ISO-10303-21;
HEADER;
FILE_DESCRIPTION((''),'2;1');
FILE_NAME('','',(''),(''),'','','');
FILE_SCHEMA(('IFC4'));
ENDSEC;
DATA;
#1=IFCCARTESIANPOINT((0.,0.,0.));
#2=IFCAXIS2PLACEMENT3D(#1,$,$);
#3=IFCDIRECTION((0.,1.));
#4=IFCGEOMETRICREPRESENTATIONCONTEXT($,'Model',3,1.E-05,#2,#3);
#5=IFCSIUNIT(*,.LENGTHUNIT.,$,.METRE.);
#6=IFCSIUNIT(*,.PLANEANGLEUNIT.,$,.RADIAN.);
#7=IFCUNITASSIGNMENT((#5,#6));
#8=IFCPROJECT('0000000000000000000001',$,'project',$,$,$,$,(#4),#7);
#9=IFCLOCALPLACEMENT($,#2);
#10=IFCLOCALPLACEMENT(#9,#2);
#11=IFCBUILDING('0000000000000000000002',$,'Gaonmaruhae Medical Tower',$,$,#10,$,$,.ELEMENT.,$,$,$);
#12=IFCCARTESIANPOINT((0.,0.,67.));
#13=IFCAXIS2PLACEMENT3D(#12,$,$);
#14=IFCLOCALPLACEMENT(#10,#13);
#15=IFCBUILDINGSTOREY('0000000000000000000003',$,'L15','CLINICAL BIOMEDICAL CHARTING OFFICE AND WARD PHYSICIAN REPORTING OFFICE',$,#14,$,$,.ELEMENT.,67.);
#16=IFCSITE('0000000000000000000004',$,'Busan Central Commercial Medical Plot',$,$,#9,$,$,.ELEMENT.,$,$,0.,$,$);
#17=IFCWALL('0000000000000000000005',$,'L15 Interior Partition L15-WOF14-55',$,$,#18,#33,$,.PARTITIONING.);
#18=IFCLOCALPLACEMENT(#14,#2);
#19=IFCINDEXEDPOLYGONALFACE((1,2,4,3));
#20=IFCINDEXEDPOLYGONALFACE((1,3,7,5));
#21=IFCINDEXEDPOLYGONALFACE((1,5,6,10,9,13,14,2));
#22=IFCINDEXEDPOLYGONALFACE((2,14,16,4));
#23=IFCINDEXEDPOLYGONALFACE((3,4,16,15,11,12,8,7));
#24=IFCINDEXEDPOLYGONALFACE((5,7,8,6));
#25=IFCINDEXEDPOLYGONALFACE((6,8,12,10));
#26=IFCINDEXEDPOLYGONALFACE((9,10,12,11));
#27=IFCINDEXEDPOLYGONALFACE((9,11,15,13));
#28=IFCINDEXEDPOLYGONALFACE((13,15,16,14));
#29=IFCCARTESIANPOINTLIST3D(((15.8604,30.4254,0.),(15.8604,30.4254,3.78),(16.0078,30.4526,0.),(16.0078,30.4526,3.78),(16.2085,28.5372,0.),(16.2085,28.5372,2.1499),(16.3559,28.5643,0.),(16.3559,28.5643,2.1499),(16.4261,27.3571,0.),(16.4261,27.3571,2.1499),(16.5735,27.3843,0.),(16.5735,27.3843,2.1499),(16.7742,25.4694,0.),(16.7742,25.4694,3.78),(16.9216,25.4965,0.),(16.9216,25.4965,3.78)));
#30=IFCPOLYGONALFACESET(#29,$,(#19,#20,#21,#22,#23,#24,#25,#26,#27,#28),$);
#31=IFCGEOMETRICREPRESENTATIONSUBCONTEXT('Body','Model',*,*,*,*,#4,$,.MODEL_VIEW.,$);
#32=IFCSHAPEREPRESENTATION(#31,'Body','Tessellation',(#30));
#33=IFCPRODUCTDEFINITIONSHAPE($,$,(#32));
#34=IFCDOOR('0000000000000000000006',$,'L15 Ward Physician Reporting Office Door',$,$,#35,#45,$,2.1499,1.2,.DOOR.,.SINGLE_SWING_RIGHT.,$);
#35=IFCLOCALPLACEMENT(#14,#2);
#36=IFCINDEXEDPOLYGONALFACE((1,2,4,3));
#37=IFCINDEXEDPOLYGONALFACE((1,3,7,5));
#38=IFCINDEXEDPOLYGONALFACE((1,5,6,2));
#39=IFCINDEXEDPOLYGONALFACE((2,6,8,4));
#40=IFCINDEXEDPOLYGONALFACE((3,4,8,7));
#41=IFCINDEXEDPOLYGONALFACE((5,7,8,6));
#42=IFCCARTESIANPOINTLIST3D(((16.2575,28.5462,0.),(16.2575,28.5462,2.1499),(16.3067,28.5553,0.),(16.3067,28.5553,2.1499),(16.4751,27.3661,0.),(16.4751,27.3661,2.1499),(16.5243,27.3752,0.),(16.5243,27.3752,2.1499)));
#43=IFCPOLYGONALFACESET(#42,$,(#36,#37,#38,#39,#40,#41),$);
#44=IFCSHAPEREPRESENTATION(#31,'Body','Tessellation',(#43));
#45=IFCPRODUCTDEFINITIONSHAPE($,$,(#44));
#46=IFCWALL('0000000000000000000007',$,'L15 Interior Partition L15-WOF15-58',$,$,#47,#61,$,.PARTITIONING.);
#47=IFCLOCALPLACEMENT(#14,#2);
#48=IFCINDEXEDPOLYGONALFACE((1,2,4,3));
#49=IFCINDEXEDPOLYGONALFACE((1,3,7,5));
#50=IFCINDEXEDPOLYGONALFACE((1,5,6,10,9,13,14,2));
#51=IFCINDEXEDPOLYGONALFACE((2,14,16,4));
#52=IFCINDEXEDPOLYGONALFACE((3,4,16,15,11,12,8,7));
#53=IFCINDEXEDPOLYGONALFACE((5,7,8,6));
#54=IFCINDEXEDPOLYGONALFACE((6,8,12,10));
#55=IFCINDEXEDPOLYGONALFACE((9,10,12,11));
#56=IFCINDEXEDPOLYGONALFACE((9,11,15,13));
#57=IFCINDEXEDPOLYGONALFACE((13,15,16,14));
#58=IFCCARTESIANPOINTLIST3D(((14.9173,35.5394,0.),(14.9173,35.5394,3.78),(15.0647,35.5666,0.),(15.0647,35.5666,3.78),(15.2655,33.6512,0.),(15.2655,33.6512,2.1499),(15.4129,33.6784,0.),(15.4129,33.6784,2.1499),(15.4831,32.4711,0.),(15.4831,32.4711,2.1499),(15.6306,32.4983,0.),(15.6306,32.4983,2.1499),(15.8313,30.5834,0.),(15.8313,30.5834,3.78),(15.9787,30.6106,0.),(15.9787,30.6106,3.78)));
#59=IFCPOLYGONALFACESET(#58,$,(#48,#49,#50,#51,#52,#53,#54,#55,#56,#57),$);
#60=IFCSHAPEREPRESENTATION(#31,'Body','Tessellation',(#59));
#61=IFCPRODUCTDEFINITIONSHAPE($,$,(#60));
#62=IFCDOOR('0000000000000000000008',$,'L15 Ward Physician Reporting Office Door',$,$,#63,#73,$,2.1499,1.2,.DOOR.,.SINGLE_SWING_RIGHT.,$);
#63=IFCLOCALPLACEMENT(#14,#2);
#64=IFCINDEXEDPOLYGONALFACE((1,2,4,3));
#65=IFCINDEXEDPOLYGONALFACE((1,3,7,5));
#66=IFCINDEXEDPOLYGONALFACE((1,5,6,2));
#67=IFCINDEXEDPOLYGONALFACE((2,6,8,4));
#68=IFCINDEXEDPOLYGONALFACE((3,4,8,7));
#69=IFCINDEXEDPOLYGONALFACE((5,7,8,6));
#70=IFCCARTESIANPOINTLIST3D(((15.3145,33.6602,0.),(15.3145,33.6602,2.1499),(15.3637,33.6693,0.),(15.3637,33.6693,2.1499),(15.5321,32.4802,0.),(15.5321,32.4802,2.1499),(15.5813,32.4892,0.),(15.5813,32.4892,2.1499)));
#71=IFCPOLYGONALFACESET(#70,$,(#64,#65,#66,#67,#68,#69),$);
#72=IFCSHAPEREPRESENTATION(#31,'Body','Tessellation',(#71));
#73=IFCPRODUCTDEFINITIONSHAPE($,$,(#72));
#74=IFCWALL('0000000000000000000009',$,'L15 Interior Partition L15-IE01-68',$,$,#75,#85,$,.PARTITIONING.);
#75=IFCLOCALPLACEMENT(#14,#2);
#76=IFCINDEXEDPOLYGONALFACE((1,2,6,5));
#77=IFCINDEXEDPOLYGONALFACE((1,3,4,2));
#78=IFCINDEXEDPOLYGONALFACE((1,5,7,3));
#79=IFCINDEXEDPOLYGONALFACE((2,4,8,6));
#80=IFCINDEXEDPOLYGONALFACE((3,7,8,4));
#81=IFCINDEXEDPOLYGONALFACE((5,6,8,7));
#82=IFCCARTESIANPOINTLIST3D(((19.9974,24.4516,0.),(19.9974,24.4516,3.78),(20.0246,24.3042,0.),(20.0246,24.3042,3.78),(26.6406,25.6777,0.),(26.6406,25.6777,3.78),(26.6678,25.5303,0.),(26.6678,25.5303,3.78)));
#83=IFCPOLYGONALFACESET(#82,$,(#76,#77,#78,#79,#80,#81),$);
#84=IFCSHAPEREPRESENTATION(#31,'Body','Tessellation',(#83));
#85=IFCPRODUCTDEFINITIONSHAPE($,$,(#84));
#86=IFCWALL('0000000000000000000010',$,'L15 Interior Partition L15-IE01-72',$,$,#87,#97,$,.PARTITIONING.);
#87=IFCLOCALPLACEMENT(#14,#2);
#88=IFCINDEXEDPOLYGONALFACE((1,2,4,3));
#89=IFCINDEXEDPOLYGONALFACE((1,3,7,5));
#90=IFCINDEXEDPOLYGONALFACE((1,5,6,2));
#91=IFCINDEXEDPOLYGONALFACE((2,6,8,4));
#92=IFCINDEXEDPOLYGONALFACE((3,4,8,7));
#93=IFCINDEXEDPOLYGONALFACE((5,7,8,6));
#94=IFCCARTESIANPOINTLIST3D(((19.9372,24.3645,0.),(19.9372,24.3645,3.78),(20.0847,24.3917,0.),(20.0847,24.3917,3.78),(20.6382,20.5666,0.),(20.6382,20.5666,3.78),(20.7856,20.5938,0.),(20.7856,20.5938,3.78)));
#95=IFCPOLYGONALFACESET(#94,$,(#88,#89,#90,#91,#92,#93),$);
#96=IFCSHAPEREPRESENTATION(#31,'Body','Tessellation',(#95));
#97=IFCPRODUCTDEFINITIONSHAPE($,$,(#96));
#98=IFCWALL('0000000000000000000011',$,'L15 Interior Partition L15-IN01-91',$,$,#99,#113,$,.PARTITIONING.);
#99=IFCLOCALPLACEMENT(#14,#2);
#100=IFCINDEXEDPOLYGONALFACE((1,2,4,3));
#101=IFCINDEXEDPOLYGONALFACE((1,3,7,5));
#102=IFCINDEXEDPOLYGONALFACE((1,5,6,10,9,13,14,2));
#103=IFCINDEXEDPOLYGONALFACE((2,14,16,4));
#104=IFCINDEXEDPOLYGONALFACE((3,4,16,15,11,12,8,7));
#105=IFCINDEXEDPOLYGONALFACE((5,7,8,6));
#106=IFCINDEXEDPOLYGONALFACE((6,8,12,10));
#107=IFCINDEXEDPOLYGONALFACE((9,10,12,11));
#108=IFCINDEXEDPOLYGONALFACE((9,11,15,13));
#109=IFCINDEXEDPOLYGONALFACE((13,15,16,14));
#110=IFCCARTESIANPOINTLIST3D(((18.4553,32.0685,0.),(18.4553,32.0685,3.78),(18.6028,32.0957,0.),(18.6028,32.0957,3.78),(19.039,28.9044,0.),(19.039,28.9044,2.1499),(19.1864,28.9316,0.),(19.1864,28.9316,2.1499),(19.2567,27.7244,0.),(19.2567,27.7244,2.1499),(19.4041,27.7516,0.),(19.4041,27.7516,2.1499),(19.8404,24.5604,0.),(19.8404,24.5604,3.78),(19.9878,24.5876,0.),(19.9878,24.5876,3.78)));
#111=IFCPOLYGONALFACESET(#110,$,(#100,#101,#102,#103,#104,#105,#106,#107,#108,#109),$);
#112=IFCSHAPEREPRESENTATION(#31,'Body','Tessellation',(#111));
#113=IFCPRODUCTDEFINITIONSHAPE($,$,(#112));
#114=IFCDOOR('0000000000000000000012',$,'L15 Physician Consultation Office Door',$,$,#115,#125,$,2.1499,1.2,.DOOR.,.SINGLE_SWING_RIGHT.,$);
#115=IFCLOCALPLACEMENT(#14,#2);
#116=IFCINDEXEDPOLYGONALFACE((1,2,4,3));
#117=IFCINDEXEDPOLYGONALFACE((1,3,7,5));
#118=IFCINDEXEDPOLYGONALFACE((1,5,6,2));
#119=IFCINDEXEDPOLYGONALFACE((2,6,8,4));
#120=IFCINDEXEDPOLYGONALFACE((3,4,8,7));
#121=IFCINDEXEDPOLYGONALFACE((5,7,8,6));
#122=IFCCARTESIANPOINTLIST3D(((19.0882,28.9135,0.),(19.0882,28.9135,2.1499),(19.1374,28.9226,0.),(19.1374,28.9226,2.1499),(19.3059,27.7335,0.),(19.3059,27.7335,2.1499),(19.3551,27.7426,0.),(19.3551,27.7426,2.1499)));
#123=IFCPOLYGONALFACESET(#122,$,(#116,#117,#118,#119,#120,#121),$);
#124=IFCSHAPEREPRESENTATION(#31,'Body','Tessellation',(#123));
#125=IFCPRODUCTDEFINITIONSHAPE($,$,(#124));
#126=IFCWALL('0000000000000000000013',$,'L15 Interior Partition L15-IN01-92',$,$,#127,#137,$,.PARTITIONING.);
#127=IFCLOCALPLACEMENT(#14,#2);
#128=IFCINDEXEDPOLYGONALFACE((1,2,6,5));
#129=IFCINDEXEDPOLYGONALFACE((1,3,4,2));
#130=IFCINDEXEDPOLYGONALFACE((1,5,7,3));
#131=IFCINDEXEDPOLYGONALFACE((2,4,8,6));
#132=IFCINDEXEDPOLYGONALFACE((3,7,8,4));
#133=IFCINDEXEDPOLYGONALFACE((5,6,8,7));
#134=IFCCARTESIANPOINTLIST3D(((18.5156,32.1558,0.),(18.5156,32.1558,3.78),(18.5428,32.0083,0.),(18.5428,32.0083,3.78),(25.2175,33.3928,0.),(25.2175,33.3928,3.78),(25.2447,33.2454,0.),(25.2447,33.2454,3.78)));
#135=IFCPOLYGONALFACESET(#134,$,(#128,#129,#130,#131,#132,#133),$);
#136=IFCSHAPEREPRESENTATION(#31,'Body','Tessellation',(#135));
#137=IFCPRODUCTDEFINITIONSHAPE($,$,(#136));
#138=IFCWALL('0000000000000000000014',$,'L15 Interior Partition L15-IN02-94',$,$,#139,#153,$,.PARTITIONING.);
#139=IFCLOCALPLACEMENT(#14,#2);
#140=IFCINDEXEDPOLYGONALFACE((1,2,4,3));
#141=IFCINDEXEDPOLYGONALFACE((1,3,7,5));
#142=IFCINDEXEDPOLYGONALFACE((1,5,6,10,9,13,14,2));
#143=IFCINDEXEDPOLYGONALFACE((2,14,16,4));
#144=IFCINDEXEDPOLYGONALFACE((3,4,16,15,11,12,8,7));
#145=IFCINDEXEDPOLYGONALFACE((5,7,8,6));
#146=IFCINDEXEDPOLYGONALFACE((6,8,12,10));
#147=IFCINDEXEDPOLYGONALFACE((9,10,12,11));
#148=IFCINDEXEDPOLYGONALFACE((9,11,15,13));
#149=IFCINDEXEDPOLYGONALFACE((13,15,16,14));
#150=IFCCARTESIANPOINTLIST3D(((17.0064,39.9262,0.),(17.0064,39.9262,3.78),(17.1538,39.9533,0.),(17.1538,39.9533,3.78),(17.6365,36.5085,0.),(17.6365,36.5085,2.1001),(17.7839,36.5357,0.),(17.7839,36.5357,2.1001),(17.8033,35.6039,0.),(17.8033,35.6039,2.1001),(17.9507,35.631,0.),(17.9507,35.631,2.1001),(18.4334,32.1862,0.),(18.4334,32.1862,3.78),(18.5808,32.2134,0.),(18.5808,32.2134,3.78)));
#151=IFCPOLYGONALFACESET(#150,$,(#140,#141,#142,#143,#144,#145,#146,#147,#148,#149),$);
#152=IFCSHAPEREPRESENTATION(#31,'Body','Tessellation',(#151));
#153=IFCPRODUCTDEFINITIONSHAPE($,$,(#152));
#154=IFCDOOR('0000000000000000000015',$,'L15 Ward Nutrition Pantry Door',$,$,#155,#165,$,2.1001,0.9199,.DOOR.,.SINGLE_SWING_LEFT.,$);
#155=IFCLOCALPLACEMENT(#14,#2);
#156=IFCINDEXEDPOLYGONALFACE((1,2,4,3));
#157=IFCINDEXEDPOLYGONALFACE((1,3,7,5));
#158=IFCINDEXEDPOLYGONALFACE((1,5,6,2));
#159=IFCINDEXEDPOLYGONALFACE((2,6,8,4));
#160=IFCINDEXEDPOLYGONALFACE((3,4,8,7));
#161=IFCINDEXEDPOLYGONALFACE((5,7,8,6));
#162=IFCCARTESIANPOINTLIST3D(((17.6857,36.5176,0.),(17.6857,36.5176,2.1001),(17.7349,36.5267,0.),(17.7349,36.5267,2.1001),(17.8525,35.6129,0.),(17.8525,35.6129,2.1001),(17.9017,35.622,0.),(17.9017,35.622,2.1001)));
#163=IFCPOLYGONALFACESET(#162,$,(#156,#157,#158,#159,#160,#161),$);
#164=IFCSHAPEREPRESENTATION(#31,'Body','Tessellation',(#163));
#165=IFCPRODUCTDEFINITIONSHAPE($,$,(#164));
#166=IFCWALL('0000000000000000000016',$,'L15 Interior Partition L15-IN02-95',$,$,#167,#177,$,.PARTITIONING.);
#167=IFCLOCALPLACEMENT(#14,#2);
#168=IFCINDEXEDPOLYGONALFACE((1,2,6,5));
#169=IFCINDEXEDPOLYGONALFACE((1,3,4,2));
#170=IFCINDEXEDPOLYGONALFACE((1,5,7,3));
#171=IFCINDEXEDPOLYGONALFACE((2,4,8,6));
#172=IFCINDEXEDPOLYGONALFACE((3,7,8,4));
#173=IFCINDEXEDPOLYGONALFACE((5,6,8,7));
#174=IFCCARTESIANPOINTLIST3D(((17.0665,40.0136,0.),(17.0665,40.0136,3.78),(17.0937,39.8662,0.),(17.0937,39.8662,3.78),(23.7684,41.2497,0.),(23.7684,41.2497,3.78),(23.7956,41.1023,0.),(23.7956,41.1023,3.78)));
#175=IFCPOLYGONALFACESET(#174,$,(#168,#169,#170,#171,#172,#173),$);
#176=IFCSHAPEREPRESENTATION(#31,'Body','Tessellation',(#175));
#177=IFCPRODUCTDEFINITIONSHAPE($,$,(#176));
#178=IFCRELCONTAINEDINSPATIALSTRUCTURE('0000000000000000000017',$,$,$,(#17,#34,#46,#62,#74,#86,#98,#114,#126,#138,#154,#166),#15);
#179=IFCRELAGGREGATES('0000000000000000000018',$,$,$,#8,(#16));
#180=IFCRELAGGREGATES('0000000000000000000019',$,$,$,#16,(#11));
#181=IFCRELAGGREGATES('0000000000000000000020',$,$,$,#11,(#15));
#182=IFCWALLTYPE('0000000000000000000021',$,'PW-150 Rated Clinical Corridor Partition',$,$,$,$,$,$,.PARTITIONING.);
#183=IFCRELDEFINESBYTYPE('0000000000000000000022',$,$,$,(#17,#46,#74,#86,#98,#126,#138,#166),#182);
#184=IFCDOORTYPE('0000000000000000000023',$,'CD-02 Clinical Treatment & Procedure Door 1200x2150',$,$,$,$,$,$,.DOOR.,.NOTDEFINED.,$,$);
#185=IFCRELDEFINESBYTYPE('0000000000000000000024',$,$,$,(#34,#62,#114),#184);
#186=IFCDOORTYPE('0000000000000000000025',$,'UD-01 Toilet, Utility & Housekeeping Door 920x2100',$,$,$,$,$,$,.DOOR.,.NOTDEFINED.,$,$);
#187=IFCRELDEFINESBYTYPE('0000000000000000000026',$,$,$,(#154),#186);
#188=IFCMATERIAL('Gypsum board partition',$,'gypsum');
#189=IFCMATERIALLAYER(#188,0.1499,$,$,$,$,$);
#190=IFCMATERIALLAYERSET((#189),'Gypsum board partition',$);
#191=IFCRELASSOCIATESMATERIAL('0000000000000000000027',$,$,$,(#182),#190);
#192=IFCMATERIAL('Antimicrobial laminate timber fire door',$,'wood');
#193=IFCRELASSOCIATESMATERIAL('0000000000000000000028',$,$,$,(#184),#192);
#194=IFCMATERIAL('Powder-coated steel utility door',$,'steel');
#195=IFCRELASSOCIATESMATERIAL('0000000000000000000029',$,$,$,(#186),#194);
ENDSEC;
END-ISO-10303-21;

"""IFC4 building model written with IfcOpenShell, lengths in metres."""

from ifc_helpers import new_model, si_unit, direction, frame, frame_2d, origin, place, context, subcontext, project, spatial, rectangle, extrude, material, layer, layer_set, type_object, element, fill, save


model = new_model("IFC4")

# Units and contexts
model_context = context("Model", 3, precision=1e-05, world=origin(), true_north=direction((0.0, 1.0)))
body_context = subcontext(model_context, "Body", "Model", "MODEL_VIEW")
ifc_project = project(units=[si_unit("LENGTHUNIT", "METRE"), si_unit("PLANEANGLEUNIT", "RADIAN")], contexts=[model_context])

# Site, building, storey
site_placement = place(None, origin())
site = spatial("IfcSite", under=ifc_project, at=site_placement, Name="Busan Central Commercial Medical Plot", CompositionType="ELEMENT", RefElevation=0.0)
building_placement = place(site_placement, origin())
building = spatial("IfcBuilding", under=site, at=building_placement, Name="Gaonmaruhae Medical Tower", CompositionType="ELEMENT")
storey_placement = place(building_placement, frame((0.0, 0.0, 67.0)))
storey = spatial("IfcBuildingStorey", under=building, at=storey_placement, Name="L15", Description="CLINICAL BIOMEDICAL CHARTING OFFICE AND WARD PHYSICIAN REPORTING OFFICE", CompositionType="ELEMENT", Elevation=67.0)

# Shared definitions
ifc_material_1 = material(Name="Gypsum board partition", Category="gypsum")
ifc_layer_1 = layer(ifc_material_1, 0.1499)
ifc_layer_set_1 = layer_set([ifc_layer_1], Name="Gypsum board partition")
wall_type_1 = type_object("IfcWallType", Name="PW-150 Rated Clinical Corridor Partition", PredefinedType="PARTITIONING", material=ifc_layer_set_1)
ifc_material_2 = material(Name="Antimicrobial laminate timber fire door", Category="wood")

# Walls, openings, doors
door_type_1 = type_object("IfcDoorType", Name="CD-02 Clinical Treatment & Procedure Door 1200x2150", OperationType="NOTDEFINED", PredefinedType="DOOR", material=ifc_material_2)
wall_1_placement = place(storey_placement, frame((15.9341, 30.439, 0.0), z_axis=(0.0, 0.0, 1.0), x_axis=(0.181328, -0.983423, 0.0)))
wall_1 = element("IfcWall", 1, at=wall_1_placement, inside=storey, type_object=wall_type_1, Name="L15 Interior Partition L15-WOF14-55", PredefinedType="PARTITIONING", context=body_context, shape_type="SweptSolid", body=[
    extrude(rectangle(XDim=5.0396, YDim=0.1499, at=frame_2d((2.5198, 0.0))), origin(), (0.0, 0.0, 1.0), 3.78),
])
opening_1_placement = place(wall_1_placement, frame((1.9199, 0.0, 0.0)))
opening_1 = element("IfcOpeningElement", 2, at=opening_1_placement, cuts=wall_1, PredefinedType="OPENING", context=body_context, shape_type="SweptSolid", body=[
    extrude(rectangle(XDim=1.2, YDim=2.1499, at=frame_2d((0.6001, 1.075))), frame((0.0, 0.085, 0.0), z_axis=(0.0, -1.0, 0.0), x_axis=(1.0, 0.0, 0.0)), (0.0, 0.0, 1.0), 0.1699),
])
door_1_placement = place(opening_1_placement, origin())
door_1 = element("IfcDoor", 3, at=door_1_placement, inside=storey, type_object=door_type_1, Name="L15 Ward Physician Reporting Office Door", OperationType="SINGLE_SWING_RIGHT", OverallHeight=2.1499, OverallWidth=1.2, PredefinedType="DOOR", context=body_context, shape_type="SweptSolid", body=[
    extrude(rectangle(XDim=1.2, YDim=2.1499, at=frame_2d((0.6001, 1.075))), frame((0.0, 0.0249, 0.0), z_axis=(0.0, -1.0, 0.0), x_axis=(1.0, 0.0, 0.0)), (0.0, 0.0, 1.0), 0.05),
])
fill(opening_1, door_1)
wall_2_placement = place(storey_placement, frame((14.991, 35.553, 0.0), z_axis=(0.0, 0.0, 1.0), x_axis=(0.181375, -0.983414, 0.0)))
wall_2 = element("IfcWall", 4, at=wall_2_placement, inside=storey, type_object=wall_type_1, Name="L15 Interior Partition L15-WOF15-58", PredefinedType="PARTITIONING", context=body_context, shape_type="SweptSolid", body=[
    extrude(rectangle(XDim=5.0396, YDim=0.1499, at=frame_2d((2.5198, 0.0))), origin(), (0.0, 0.0, 1.0), 3.78),
])
opening_2_placement = place(wall_2_placement, frame((1.9199, 0.0, 0.0)))
opening_2 = element("IfcOpeningElement", 5, at=opening_2_placement, cuts=wall_2, PredefinedType="OPENING", context=body_context, shape_type="SweptSolid", body=[
    extrude(rectangle(XDim=1.2, YDim=2.1499, at=frame_2d((0.6001, 1.075))), frame((0.0, 0.085, 0.0), z_axis=(0.0, -1.0, 0.0), x_axis=(1.0, 0.0, 0.0)), (0.0, 0.0, 1.0), 0.1699),
])
door_2_placement = place(opening_2_placement, origin())
door_2 = element("IfcDoor", 6, at=door_2_placement, inside=storey, type_object=door_type_1, Name="L15 Ward Physician Reporting Office Door", OperationType="SINGLE_SWING_RIGHT", OverallHeight=2.1499, OverallWidth=1.2, PredefinedType="DOOR", context=body_context, shape_type="SweptSolid", body=[
    extrude(rectangle(XDim=1.2, YDim=2.1499, at=frame_2d((0.6001, 1.075))), frame((0.0, 0.0249, 0.0), z_axis=(0.0, -1.0, 0.0), x_axis=(1.0, 0.0, 0.0)), (0.0, 0.0, 1.0), 0.05),
])
fill(opening_2, door_2)

# Walls
wall_3_placement = place(storey_placement, frame((20.011, 24.3779, 0.0), z_axis=(0.0, 0.0, 1.0), x_axis=(0.983391, 0.181499, 0.0)))
element("IfcWall", 7, at=wall_3_placement, inside=storey, type_object=wall_type_1, Name="L15 Interior Partition L15-IE01-68", PredefinedType="PARTITIONING", context=body_context, shape_type="SweptSolid", body=[
    extrude(rectangle(XDim=6.7554, YDim=0.1499, at=frame_2d((3.3777, 0.0))), origin(), (0.0, 0.0, 1.0), 3.78),
])
wall_4_placement = place(storey_placement, frame((20.7119, 20.5801, 0.0), z_axis=(0.0, 0.0, 1.0), x_axis=(-0.181494, 0.983392, 0.0)))
element("IfcWall", 8, at=wall_4_placement, inside=storey, type_object=wall_type_1, Name="L15 Interior Partition L15-IE01-72", PredefinedType="PARTITIONING", context=body_context, shape_type="SweptSolid", body=[
    extrude(rectangle(XDim=3.8621, YDim=0.1499, at=frame_2d((1.9312, 0.0))), origin(), (0.0, 0.0, 1.0), 3.78),
])

# Wall, opening, door
wall_5_placement = place(storey_placement, frame((19.9141, 24.574, 0.0), z_axis=(0.0, 0.0, 1.0), x_axis=(-0.181409, 0.983408, 0.0)))
wall_5 = element("IfcWall", 9, at=wall_5_placement, inside=storey, type_object=wall_type_1, Name="L15 Interior Partition L15-IN01-91", PredefinedType="PARTITIONING", context=body_context, shape_type="SweptSolid", body=[
    extrude(rectangle(XDim=7.6348, YDim=0.1499, at=frame_2d((3.8174, 0.0))), origin(), (0.0, 0.0, 1.0), 3.78),
])
opening_3_placement = place(wall_5_placement, frame((3.2173, 0.0, 0.0)))
opening_3 = element("IfcOpeningElement", 10, at=opening_3_placement, cuts=wall_5, PredefinedType="OPENING", context=body_context, shape_type="SweptSolid", body=[
    extrude(rectangle(XDim=1.2, YDim=2.1499, at=frame_2d((0.6001, 1.075))), frame((0.0, 0.085, 0.0), z_axis=(0.0, -1.0, 0.0), x_axis=(1.0, 0.0, 0.0)), (0.0, 0.0, 1.0), 0.1699),
])
door_3_placement = place(opening_3_placement, origin())
door_3 = element("IfcDoor", 11, at=door_3_placement, inside=storey, type_object=door_type_1, Name="L15 Physician Consultation Office Door", OperationType="SINGLE_SWING_RIGHT", OverallHeight=2.1499, OverallWidth=1.2, PredefinedType="DOOR", context=body_context, shape_type="SweptSolid", body=[
    extrude(rectangle(XDim=1.2, YDim=2.1499, at=frame_2d((0.6001, 1.075))), frame((0.0, 0.0249, 0.0), z_axis=(0.0, -1.0, 0.0), x_axis=(1.0, 0.0, 0.0)), (0.0, 0.0, 1.0), 0.05),
])
fill(opening_3, door_3)

# Wall
wall_6_placement = place(storey_placement, frame((18.5291, 32.082, 0.0), z_axis=(0.0, 0.0, 1.0), x_axis=(0.983388, 0.181517, 0.0)))
element("IfcWall", 12, at=wall_6_placement, inside=storey, type_object=wall_type_1, Name="L15 Interior Partition L15-IN01-92", PredefinedType="PARTITIONING", context=body_context, shape_type="SweptSolid", body=[
    extrude(rectangle(XDim=6.8152, YDim=0.1499, at=frame_2d((3.4077, 0.0))), origin(), (0.0, 0.0, 1.0), 3.78),
])

# Wall, opening, door
wall_7_placement = place(storey_placement, frame((18.5071, 32.2, 0.0), z_axis=(0.0, 0.0, 1.0), x_axis=(-0.181312, 0.983426, 0.0)))
wall_7 = element("IfcWall", 13, at=wall_7_placement, inside=storey, type_object=wall_type_1, Name="L15 Interior Partition L15-IN02-94", PredefinedType="PARTITIONING", context=body_context, shape_type="SweptSolid", body=[
    extrude(rectangle(XDim=7.8704, YDim=0.1499, at=frame_2d((3.9351, 0.0))), origin(), (0.0, 0.0, 1.0), 3.78),
])
opening_4_placement = place(wall_7_placement, frame((3.4751, 0.0, 0.0)))
opening_4 = element("IfcOpeningElement", 14, at=opening_4_placement, cuts=wall_7, PredefinedType="OPENING", context=body_context, shape_type="SweptSolid", body=[
    extrude(rectangle(XDim=0.9199, YDim=2.1001, at=frame_2d((0.46, 1.05))), frame((0.0, 0.085, 0.0), z_axis=(0.0, -1.0, 0.0), x_axis=(1.0, 0.0, 0.0)), (0.0, 0.0, 1.0), 0.1699),
])
ifc_material_3 = material(Name="Powder-coated steel utility door", Category="steel")
door_type_2 = type_object("IfcDoorType", Name="UD-01 Toilet, Utility & Housekeeping Door 920x2100", OperationType="NOTDEFINED", PredefinedType="DOOR", material=ifc_material_3)
door_4_placement = place(opening_4_placement, origin())
door_4 = element("IfcDoor", 15, at=door_4_placement, inside=storey, type_object=door_type_2, Name="L15 Ward Nutrition Pantry Door", OperationType="SINGLE_SWING_LEFT", OverallHeight=2.1001, OverallWidth=0.9199, PredefinedType="DOOR", context=body_context, shape_type="SweptSolid", body=[
    extrude(rectangle(XDim=0.9199, YDim=2.1001, at=frame_2d((0.46, 1.05))), frame((0.0, 0.0249, 0.0), z_axis=(0.0, -1.0, 0.0), x_axis=(1.0, 0.0, 0.0)), (0.0, 0.0, 1.0), 0.05),
])
fill(opening_4, door_4)

# Wall
wall_8_placement = place(storey_placement, frame((17.0801, 39.9399, 0.0), z_axis=(0.0, 0.0, 1.0), x_axis=(0.983413, 0.181379, 0.0)))
element("IfcWall", 16, at=wall_8_placement, inside=storey, type_object=wall_type_1, Name="L15 Interior Partition L15-IN02-95", PredefinedType="PARTITIONING", context=body_context, shape_type="SweptSolid", body=[
    extrude(rectangle(XDim=6.8149, YDim=0.1499, at=frame_2d((3.4075, 0.0))), origin(), (0.0, 0.0, 1.0), 3.78),
])

save(model, "model.ifc")
